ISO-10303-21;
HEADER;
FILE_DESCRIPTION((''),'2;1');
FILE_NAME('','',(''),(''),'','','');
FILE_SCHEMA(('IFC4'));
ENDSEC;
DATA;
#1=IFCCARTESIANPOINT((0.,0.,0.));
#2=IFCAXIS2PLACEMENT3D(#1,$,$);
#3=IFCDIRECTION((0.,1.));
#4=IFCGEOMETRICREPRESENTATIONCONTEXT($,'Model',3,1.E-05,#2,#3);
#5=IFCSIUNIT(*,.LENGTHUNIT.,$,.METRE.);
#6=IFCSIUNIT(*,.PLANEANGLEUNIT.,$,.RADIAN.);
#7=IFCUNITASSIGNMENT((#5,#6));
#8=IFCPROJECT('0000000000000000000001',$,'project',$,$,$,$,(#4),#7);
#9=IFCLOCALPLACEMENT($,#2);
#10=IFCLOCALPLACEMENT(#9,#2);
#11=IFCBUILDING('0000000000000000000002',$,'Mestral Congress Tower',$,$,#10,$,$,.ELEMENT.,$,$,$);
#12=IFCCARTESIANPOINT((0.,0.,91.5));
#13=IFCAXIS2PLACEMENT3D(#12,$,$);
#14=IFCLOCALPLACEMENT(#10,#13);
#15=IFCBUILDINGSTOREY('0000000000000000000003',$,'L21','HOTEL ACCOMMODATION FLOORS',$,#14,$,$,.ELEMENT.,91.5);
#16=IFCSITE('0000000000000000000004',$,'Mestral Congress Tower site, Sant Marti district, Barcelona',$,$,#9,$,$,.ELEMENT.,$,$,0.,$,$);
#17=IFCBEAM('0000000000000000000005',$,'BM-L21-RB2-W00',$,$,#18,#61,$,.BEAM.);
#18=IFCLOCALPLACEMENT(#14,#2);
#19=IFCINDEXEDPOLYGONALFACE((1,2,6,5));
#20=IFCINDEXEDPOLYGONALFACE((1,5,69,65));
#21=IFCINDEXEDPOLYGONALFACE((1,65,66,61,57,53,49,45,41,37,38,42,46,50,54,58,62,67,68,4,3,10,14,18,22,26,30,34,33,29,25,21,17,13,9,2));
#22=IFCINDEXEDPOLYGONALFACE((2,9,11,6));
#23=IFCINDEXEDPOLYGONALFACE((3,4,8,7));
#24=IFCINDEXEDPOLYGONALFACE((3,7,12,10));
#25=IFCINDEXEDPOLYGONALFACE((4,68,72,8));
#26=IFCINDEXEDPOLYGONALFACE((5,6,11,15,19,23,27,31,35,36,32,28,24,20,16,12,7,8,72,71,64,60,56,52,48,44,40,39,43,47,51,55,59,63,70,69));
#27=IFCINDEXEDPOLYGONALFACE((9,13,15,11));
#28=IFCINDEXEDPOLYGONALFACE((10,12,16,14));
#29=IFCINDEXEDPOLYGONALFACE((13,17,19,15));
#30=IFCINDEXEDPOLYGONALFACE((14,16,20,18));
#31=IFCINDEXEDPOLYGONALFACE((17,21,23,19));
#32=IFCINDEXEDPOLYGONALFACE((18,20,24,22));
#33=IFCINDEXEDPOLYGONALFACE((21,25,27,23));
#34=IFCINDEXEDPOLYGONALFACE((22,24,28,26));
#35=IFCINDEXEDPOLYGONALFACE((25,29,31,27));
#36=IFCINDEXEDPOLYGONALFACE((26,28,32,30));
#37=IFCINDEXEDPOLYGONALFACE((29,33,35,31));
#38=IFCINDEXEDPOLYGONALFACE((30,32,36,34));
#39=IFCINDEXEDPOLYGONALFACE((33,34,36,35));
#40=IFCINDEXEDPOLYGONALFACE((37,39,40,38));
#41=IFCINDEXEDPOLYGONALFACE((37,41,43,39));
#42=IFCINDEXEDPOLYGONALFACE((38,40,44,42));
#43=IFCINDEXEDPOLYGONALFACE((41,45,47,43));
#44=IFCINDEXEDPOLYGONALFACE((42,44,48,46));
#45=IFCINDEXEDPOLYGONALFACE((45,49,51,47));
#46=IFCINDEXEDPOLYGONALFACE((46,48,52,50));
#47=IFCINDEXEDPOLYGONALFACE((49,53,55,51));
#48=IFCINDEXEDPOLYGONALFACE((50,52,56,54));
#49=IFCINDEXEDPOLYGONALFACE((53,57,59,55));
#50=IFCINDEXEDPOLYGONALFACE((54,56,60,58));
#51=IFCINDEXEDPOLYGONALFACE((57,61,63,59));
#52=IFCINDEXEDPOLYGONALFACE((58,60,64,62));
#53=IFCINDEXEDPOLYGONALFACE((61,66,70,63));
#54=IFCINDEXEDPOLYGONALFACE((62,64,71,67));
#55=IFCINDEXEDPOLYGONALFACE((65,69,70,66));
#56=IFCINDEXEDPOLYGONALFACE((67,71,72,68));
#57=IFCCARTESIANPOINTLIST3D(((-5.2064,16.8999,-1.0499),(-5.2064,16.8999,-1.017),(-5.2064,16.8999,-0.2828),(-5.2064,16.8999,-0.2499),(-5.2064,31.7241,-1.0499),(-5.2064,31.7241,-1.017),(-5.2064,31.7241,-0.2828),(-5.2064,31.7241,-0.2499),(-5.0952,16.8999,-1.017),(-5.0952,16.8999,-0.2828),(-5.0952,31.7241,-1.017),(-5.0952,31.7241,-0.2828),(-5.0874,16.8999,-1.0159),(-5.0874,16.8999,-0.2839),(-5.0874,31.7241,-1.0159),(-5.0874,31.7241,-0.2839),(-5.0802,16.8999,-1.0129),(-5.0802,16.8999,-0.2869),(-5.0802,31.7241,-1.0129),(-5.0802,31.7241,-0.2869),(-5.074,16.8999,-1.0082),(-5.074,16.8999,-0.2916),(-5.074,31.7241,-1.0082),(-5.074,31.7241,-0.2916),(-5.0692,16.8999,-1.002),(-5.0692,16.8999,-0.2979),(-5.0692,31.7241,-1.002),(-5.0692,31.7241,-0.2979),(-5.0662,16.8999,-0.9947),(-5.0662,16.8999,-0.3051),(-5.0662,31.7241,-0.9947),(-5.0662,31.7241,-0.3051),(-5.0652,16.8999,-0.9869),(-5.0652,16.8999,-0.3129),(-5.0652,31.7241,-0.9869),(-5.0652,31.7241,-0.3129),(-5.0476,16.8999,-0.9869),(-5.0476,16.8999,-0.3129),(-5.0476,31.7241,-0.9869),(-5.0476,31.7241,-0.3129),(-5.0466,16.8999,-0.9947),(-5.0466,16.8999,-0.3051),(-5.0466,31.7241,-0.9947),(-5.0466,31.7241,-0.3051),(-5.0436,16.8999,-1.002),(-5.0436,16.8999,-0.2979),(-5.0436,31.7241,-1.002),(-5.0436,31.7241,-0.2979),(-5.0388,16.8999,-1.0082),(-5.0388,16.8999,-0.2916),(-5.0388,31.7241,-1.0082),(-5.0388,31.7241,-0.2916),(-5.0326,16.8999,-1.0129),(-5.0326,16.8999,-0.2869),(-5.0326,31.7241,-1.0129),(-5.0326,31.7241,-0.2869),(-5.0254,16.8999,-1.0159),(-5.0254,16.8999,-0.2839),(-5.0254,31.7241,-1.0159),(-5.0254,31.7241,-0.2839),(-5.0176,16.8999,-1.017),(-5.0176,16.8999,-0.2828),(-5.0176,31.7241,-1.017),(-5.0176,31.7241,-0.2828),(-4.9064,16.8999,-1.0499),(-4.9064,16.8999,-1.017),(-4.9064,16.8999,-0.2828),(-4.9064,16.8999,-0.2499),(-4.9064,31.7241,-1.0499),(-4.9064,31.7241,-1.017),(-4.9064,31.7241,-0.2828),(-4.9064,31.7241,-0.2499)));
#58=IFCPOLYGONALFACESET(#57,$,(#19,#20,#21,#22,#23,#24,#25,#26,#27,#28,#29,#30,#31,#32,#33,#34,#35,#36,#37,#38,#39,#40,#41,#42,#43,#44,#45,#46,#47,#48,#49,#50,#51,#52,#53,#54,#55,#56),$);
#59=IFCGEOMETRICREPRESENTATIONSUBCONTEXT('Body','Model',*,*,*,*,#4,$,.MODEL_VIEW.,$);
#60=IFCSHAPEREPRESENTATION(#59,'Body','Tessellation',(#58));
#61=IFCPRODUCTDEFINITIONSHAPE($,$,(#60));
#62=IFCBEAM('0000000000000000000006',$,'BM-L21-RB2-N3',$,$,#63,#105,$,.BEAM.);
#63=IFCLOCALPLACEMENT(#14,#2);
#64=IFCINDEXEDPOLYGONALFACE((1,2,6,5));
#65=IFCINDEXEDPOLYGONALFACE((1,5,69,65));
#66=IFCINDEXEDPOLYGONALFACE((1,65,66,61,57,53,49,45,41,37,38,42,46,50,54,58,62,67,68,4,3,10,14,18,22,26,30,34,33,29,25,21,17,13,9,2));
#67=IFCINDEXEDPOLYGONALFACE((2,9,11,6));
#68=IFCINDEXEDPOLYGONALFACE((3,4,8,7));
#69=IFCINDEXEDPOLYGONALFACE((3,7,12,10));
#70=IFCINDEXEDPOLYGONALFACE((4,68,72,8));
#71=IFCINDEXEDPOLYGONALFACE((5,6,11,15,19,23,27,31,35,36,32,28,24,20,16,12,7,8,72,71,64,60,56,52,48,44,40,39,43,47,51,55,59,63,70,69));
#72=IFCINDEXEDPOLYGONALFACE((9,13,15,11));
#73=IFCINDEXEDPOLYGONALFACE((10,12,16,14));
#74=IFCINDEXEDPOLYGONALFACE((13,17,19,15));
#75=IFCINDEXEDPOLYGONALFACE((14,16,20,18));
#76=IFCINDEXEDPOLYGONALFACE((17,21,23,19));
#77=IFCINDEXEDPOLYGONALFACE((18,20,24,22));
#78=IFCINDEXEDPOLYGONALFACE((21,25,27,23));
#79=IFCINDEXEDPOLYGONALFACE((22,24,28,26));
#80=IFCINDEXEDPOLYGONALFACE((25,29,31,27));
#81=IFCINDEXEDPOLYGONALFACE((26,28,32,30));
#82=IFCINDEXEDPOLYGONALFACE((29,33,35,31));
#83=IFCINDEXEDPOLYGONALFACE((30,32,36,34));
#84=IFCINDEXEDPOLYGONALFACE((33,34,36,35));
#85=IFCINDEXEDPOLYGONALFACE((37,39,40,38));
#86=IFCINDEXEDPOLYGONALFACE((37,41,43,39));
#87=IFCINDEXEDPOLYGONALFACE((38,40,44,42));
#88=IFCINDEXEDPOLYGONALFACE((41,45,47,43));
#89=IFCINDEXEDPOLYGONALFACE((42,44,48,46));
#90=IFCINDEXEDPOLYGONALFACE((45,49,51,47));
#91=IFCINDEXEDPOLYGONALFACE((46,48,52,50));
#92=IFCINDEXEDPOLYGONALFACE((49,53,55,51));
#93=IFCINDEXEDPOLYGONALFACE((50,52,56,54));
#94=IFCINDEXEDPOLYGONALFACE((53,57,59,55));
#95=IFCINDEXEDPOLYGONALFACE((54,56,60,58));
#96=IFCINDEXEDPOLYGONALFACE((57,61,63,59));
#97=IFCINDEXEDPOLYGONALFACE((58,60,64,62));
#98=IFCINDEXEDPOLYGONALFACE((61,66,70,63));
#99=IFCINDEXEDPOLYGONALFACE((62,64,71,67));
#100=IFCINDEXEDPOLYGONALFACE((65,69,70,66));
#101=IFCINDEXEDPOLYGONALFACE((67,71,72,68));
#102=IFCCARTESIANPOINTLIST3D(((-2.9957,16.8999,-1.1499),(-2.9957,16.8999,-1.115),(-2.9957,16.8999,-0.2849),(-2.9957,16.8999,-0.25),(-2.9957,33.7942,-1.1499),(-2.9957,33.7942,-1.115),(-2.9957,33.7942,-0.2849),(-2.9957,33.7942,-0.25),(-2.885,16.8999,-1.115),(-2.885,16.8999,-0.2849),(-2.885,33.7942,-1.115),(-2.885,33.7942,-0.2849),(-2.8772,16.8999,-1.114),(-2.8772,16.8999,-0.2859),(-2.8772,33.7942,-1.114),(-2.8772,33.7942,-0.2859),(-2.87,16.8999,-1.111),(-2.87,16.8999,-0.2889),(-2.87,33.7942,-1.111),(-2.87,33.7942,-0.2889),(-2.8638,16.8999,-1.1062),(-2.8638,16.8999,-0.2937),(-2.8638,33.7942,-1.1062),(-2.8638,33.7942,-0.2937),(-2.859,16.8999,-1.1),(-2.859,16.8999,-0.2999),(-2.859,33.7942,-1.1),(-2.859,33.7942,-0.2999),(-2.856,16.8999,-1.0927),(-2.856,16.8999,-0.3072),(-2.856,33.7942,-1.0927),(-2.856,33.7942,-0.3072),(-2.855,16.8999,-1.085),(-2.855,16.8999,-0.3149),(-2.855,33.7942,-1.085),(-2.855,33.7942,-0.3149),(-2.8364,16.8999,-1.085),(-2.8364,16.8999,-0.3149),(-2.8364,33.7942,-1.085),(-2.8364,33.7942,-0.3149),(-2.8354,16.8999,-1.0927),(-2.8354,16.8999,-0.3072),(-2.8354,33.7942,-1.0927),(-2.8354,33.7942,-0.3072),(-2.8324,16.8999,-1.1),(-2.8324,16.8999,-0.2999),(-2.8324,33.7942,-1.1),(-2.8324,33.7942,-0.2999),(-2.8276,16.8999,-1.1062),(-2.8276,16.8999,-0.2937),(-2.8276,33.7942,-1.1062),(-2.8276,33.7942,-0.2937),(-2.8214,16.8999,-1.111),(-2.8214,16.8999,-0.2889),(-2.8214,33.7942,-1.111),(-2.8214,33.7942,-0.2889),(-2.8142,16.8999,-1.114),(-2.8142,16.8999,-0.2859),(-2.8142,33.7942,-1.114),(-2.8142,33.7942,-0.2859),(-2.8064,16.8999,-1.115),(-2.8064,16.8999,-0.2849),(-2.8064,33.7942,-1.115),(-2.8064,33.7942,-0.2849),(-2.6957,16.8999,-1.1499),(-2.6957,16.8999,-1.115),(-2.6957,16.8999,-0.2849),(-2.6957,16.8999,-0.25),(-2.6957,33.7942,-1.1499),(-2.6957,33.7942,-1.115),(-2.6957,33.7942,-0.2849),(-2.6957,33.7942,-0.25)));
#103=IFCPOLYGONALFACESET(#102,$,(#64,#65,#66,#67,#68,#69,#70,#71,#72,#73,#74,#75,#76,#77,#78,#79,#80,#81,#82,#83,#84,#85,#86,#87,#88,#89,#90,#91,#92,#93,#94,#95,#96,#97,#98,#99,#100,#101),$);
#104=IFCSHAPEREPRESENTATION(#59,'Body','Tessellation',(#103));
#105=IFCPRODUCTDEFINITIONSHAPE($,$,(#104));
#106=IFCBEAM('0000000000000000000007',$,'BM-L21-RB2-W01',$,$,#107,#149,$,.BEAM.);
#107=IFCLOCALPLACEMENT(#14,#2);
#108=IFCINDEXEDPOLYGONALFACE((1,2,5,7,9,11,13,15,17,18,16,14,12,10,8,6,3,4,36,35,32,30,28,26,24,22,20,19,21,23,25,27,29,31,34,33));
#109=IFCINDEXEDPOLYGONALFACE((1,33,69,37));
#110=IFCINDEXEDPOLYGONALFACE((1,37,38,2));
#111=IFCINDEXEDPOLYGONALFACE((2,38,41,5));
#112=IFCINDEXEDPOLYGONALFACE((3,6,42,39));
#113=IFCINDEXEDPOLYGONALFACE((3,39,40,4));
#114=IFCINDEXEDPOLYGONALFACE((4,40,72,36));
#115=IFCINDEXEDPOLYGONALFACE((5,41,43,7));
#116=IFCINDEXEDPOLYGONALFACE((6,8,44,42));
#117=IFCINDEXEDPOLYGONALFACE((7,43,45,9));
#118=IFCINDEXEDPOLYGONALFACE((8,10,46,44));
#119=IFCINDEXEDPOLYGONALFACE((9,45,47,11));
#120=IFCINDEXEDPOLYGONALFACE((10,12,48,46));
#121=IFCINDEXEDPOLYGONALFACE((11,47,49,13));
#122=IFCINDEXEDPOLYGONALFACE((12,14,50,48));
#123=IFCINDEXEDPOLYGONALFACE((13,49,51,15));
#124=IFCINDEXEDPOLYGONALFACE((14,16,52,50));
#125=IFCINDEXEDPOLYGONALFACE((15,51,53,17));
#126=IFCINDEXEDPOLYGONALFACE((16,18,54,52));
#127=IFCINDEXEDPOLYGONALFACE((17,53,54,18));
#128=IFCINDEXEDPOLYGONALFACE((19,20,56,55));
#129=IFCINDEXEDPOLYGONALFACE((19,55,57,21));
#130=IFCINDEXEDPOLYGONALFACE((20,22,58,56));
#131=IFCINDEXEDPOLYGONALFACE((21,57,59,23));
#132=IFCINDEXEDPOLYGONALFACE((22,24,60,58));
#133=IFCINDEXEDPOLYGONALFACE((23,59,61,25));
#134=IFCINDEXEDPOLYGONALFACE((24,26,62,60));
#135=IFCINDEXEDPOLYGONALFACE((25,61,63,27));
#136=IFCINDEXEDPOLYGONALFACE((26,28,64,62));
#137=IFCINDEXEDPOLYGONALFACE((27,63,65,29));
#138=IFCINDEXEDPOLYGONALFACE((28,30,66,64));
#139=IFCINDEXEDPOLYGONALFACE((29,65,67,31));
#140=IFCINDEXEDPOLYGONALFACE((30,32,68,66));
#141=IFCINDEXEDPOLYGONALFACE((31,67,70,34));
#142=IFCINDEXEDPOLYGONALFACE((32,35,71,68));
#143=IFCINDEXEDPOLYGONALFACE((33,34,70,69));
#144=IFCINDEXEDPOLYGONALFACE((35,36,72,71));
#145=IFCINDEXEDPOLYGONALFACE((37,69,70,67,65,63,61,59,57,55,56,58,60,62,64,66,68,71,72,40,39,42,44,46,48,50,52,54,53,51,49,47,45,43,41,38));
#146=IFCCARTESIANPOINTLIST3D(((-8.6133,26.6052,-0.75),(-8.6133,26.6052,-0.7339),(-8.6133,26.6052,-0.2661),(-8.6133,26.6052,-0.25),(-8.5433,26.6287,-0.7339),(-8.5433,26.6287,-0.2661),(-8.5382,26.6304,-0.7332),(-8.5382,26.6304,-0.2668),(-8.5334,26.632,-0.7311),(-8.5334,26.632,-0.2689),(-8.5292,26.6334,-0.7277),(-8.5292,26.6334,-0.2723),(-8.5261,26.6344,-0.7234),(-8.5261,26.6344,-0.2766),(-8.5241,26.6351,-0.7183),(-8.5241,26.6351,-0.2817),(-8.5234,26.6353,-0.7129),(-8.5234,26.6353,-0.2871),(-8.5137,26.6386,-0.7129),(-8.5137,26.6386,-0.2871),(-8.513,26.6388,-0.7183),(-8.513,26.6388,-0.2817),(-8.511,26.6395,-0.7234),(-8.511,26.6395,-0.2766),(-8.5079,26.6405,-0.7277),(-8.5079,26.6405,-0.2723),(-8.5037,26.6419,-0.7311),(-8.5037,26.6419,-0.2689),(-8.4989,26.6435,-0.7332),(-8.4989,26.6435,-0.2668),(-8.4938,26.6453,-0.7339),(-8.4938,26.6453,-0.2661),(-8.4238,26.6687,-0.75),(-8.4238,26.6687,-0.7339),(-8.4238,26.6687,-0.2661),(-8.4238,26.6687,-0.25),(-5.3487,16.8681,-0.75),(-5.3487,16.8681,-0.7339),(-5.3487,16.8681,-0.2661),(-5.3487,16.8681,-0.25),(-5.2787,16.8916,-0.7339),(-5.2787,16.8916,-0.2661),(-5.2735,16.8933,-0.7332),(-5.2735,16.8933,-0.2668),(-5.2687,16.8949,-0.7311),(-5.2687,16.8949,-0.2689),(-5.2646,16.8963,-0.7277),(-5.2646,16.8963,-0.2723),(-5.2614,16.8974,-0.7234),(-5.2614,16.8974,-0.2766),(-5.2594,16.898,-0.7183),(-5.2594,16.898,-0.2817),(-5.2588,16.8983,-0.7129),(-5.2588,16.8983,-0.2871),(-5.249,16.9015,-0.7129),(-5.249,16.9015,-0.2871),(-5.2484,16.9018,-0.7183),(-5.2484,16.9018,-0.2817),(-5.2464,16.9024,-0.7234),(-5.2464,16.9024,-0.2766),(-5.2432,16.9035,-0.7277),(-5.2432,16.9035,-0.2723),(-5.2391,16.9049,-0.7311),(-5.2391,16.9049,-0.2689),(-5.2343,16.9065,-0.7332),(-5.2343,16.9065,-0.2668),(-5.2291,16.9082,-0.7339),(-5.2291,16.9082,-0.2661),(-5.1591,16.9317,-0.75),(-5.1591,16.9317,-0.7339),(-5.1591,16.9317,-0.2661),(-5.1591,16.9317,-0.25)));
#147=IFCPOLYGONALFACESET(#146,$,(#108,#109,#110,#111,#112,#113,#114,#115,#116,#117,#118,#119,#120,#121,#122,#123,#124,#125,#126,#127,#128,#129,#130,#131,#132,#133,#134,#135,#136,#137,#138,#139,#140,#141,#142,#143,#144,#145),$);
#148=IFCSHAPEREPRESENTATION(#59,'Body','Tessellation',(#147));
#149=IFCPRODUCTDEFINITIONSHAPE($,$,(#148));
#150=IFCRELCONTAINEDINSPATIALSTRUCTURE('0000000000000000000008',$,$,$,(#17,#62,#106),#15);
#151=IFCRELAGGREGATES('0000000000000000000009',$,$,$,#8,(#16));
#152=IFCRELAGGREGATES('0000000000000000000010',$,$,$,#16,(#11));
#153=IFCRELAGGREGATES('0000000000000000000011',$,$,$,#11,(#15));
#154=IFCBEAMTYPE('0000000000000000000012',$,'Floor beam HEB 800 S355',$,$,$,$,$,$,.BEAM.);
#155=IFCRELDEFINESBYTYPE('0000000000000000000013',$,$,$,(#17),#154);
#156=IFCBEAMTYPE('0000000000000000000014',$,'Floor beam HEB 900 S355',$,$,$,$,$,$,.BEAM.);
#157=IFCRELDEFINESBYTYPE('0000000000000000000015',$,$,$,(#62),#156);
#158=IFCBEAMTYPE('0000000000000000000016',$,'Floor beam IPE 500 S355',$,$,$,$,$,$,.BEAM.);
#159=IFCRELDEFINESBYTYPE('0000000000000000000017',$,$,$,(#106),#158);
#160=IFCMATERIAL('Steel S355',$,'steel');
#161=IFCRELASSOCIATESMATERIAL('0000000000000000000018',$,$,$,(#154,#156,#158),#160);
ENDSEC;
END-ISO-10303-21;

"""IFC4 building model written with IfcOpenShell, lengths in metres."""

from ifc_helpers import new_model, si_unit, direction, frame, origin, origin_2d, place, context, subcontext, project, spatial, i_section, extrude, material, material_profile, profile_set, type_object, element, save


model = new_model("IFC4")

# Units and contexts
model_context = context("Model", 3, precision=1e-05, world=origin(), true_north=direction((0.0, 1.0)))
body_context = subcontext(model_context, "Body", "Model", "MODEL_VIEW")
ifc_project = project(units=[si_unit("LENGTHUNIT", "METRE"), si_unit("PLANEANGLEUNIT", "RADIAN")], contexts=[model_context])

# Site, building, storey
site_placement = place(None, origin())
site = spatial("IfcSite", under=ifc_project, at=site_placement, Name="Mestral Congress Tower site, Sant Marti district, Barcelona", CompositionType="ELEMENT", RefElevation=0.0)
building_placement = place(site_placement, origin())
building = spatial("IfcBuilding", under=site, at=building_placement, Name="Mestral Congress Tower", CompositionType="ELEMENT")
storey_placement = place(building_placement, frame((0.0, 0.0, 91.5)))
storey = spatial("IfcBuildingStorey", under=building, at=storey_placement, Name="L21", Description="HOTEL ACCOMMODATION FLOORS", CompositionType="ELEMENT", Elevation=91.5)

# Beams
ifc_material_1 = material(Name="Steel S355", Category="steel")
ifc_material_profile_1 = material_profile(ifc_material_1, i_section(OverallWidth=0.3, OverallDepth=0.8, WebThickness=0.0176, FlangeThickness=0.033, FilletRadius=0.03, at=origin_2d()), Name="HEB 800")
ifc_profile_set_1 = profile_set([ifc_material_profile_1], Name="Steel S355")
beam_type_1 = type_object("IfcBeamType", Name="Floor beam HEB 800 S355", PredefinedType="BEAM", material=ifc_profile_set_1)
beam_1_placement = place(storey_placement, frame((-5.0564, 31.7241, -0.6499), z_axis=(0.0, -1.0, 0.0), x_axis=(1.0, 0.0, 0.0)))
element("IfcBeam", 1, at=beam_1_placement, inside=storey, type_object=beam_type_1, Name="BM-L21-RB2-W00", PredefinedType="BEAM", context=body_context, shape_type="SweptSolid", body=[
    extrude(i_section(OverallWidth=0.3, OverallDepth=0.8, WebThickness=0.0176, FlangeThickness=0.033, FilletRadius=0.03, at=origin_2d()), origin(), (0.0, 0.0, 1.0), 14.8242),
])
ifc_material_profile_2 = material_profile(ifc_material_1, i_section(OverallWidth=0.3, OverallDepth=0.8999, WebThickness=0.0186, FlangeThickness=0.0349, FilletRadius=0.03, at=origin_2d()), Name="HEB 900")
ifc_profile_set_2 = profile_set([ifc_material_profile_2], Name="Steel S355")
beam_type_2 = type_object("IfcBeamType", Name="Floor beam HEB 900 S355", PredefinedType="BEAM", material=ifc_profile_set_2)
beam_2_placement = place(storey_placement, frame((-2.8457, 33.7942, -0.7), z_axis=(0.0, -1.0, 0.0), x_axis=(1.0, 0.0, 0.0)))
element("IfcBeam", 2, at=beam_2_placement, inside=storey, type_object=beam_type_2, Name="BM-L21-RB2-N3", PredefinedType="BEAM", context=body_context, shape_type="SweptSolid", body=[
    extrude(i_section(OverallWidth=0.3, OverallDepth=0.8999, WebThickness=0.0186, FlangeThickness=0.0349, FilletRadius=0.03, at=origin_2d()), origin(), (0.0, 0.0, 1.0), 16.8943),
])
ifc_material_profile_3 = material_profile(ifc_material_1, i_section(OverallWidth=0.2, OverallDepth=0.5, WebThickness=0.0103, FlangeThickness=0.0161, FilletRadius=0.021, at=origin_2d()), Name="IPE 500")
ifc_profile_set_3 = profile_set([ifc_material_profile_3], Name="Steel S355")
beam_type_3 = type_object("IfcBeamType", Name="Floor beam IPE 500 S355", PredefinedType="BEAM", material=ifc_profile_set_3)
beam_3_placement = place(storey_placement, frame((-8.5186, 26.637, -0.5), z_axis=(0.317889, -0.948128, 0.0), x_axis=(0.948128, 0.317889, 0.0)))
element("IfcBeam", 3, at=beam_3_placement, inside=storey, type_object=beam_type_3, Name="BM-L21-RB2-W01", PredefinedType="BEAM", context=body_context, shape_type="SweptSolid", body=[
    extrude(i_section(OverallWidth=0.2, OverallDepth=0.5, WebThickness=0.0103, FlangeThickness=0.0161, FilletRadius=0.021, at=origin_2d()), origin(), (0.0, 0.0, 1.0), 10.2698),
])

save(model, "model.ifc")
